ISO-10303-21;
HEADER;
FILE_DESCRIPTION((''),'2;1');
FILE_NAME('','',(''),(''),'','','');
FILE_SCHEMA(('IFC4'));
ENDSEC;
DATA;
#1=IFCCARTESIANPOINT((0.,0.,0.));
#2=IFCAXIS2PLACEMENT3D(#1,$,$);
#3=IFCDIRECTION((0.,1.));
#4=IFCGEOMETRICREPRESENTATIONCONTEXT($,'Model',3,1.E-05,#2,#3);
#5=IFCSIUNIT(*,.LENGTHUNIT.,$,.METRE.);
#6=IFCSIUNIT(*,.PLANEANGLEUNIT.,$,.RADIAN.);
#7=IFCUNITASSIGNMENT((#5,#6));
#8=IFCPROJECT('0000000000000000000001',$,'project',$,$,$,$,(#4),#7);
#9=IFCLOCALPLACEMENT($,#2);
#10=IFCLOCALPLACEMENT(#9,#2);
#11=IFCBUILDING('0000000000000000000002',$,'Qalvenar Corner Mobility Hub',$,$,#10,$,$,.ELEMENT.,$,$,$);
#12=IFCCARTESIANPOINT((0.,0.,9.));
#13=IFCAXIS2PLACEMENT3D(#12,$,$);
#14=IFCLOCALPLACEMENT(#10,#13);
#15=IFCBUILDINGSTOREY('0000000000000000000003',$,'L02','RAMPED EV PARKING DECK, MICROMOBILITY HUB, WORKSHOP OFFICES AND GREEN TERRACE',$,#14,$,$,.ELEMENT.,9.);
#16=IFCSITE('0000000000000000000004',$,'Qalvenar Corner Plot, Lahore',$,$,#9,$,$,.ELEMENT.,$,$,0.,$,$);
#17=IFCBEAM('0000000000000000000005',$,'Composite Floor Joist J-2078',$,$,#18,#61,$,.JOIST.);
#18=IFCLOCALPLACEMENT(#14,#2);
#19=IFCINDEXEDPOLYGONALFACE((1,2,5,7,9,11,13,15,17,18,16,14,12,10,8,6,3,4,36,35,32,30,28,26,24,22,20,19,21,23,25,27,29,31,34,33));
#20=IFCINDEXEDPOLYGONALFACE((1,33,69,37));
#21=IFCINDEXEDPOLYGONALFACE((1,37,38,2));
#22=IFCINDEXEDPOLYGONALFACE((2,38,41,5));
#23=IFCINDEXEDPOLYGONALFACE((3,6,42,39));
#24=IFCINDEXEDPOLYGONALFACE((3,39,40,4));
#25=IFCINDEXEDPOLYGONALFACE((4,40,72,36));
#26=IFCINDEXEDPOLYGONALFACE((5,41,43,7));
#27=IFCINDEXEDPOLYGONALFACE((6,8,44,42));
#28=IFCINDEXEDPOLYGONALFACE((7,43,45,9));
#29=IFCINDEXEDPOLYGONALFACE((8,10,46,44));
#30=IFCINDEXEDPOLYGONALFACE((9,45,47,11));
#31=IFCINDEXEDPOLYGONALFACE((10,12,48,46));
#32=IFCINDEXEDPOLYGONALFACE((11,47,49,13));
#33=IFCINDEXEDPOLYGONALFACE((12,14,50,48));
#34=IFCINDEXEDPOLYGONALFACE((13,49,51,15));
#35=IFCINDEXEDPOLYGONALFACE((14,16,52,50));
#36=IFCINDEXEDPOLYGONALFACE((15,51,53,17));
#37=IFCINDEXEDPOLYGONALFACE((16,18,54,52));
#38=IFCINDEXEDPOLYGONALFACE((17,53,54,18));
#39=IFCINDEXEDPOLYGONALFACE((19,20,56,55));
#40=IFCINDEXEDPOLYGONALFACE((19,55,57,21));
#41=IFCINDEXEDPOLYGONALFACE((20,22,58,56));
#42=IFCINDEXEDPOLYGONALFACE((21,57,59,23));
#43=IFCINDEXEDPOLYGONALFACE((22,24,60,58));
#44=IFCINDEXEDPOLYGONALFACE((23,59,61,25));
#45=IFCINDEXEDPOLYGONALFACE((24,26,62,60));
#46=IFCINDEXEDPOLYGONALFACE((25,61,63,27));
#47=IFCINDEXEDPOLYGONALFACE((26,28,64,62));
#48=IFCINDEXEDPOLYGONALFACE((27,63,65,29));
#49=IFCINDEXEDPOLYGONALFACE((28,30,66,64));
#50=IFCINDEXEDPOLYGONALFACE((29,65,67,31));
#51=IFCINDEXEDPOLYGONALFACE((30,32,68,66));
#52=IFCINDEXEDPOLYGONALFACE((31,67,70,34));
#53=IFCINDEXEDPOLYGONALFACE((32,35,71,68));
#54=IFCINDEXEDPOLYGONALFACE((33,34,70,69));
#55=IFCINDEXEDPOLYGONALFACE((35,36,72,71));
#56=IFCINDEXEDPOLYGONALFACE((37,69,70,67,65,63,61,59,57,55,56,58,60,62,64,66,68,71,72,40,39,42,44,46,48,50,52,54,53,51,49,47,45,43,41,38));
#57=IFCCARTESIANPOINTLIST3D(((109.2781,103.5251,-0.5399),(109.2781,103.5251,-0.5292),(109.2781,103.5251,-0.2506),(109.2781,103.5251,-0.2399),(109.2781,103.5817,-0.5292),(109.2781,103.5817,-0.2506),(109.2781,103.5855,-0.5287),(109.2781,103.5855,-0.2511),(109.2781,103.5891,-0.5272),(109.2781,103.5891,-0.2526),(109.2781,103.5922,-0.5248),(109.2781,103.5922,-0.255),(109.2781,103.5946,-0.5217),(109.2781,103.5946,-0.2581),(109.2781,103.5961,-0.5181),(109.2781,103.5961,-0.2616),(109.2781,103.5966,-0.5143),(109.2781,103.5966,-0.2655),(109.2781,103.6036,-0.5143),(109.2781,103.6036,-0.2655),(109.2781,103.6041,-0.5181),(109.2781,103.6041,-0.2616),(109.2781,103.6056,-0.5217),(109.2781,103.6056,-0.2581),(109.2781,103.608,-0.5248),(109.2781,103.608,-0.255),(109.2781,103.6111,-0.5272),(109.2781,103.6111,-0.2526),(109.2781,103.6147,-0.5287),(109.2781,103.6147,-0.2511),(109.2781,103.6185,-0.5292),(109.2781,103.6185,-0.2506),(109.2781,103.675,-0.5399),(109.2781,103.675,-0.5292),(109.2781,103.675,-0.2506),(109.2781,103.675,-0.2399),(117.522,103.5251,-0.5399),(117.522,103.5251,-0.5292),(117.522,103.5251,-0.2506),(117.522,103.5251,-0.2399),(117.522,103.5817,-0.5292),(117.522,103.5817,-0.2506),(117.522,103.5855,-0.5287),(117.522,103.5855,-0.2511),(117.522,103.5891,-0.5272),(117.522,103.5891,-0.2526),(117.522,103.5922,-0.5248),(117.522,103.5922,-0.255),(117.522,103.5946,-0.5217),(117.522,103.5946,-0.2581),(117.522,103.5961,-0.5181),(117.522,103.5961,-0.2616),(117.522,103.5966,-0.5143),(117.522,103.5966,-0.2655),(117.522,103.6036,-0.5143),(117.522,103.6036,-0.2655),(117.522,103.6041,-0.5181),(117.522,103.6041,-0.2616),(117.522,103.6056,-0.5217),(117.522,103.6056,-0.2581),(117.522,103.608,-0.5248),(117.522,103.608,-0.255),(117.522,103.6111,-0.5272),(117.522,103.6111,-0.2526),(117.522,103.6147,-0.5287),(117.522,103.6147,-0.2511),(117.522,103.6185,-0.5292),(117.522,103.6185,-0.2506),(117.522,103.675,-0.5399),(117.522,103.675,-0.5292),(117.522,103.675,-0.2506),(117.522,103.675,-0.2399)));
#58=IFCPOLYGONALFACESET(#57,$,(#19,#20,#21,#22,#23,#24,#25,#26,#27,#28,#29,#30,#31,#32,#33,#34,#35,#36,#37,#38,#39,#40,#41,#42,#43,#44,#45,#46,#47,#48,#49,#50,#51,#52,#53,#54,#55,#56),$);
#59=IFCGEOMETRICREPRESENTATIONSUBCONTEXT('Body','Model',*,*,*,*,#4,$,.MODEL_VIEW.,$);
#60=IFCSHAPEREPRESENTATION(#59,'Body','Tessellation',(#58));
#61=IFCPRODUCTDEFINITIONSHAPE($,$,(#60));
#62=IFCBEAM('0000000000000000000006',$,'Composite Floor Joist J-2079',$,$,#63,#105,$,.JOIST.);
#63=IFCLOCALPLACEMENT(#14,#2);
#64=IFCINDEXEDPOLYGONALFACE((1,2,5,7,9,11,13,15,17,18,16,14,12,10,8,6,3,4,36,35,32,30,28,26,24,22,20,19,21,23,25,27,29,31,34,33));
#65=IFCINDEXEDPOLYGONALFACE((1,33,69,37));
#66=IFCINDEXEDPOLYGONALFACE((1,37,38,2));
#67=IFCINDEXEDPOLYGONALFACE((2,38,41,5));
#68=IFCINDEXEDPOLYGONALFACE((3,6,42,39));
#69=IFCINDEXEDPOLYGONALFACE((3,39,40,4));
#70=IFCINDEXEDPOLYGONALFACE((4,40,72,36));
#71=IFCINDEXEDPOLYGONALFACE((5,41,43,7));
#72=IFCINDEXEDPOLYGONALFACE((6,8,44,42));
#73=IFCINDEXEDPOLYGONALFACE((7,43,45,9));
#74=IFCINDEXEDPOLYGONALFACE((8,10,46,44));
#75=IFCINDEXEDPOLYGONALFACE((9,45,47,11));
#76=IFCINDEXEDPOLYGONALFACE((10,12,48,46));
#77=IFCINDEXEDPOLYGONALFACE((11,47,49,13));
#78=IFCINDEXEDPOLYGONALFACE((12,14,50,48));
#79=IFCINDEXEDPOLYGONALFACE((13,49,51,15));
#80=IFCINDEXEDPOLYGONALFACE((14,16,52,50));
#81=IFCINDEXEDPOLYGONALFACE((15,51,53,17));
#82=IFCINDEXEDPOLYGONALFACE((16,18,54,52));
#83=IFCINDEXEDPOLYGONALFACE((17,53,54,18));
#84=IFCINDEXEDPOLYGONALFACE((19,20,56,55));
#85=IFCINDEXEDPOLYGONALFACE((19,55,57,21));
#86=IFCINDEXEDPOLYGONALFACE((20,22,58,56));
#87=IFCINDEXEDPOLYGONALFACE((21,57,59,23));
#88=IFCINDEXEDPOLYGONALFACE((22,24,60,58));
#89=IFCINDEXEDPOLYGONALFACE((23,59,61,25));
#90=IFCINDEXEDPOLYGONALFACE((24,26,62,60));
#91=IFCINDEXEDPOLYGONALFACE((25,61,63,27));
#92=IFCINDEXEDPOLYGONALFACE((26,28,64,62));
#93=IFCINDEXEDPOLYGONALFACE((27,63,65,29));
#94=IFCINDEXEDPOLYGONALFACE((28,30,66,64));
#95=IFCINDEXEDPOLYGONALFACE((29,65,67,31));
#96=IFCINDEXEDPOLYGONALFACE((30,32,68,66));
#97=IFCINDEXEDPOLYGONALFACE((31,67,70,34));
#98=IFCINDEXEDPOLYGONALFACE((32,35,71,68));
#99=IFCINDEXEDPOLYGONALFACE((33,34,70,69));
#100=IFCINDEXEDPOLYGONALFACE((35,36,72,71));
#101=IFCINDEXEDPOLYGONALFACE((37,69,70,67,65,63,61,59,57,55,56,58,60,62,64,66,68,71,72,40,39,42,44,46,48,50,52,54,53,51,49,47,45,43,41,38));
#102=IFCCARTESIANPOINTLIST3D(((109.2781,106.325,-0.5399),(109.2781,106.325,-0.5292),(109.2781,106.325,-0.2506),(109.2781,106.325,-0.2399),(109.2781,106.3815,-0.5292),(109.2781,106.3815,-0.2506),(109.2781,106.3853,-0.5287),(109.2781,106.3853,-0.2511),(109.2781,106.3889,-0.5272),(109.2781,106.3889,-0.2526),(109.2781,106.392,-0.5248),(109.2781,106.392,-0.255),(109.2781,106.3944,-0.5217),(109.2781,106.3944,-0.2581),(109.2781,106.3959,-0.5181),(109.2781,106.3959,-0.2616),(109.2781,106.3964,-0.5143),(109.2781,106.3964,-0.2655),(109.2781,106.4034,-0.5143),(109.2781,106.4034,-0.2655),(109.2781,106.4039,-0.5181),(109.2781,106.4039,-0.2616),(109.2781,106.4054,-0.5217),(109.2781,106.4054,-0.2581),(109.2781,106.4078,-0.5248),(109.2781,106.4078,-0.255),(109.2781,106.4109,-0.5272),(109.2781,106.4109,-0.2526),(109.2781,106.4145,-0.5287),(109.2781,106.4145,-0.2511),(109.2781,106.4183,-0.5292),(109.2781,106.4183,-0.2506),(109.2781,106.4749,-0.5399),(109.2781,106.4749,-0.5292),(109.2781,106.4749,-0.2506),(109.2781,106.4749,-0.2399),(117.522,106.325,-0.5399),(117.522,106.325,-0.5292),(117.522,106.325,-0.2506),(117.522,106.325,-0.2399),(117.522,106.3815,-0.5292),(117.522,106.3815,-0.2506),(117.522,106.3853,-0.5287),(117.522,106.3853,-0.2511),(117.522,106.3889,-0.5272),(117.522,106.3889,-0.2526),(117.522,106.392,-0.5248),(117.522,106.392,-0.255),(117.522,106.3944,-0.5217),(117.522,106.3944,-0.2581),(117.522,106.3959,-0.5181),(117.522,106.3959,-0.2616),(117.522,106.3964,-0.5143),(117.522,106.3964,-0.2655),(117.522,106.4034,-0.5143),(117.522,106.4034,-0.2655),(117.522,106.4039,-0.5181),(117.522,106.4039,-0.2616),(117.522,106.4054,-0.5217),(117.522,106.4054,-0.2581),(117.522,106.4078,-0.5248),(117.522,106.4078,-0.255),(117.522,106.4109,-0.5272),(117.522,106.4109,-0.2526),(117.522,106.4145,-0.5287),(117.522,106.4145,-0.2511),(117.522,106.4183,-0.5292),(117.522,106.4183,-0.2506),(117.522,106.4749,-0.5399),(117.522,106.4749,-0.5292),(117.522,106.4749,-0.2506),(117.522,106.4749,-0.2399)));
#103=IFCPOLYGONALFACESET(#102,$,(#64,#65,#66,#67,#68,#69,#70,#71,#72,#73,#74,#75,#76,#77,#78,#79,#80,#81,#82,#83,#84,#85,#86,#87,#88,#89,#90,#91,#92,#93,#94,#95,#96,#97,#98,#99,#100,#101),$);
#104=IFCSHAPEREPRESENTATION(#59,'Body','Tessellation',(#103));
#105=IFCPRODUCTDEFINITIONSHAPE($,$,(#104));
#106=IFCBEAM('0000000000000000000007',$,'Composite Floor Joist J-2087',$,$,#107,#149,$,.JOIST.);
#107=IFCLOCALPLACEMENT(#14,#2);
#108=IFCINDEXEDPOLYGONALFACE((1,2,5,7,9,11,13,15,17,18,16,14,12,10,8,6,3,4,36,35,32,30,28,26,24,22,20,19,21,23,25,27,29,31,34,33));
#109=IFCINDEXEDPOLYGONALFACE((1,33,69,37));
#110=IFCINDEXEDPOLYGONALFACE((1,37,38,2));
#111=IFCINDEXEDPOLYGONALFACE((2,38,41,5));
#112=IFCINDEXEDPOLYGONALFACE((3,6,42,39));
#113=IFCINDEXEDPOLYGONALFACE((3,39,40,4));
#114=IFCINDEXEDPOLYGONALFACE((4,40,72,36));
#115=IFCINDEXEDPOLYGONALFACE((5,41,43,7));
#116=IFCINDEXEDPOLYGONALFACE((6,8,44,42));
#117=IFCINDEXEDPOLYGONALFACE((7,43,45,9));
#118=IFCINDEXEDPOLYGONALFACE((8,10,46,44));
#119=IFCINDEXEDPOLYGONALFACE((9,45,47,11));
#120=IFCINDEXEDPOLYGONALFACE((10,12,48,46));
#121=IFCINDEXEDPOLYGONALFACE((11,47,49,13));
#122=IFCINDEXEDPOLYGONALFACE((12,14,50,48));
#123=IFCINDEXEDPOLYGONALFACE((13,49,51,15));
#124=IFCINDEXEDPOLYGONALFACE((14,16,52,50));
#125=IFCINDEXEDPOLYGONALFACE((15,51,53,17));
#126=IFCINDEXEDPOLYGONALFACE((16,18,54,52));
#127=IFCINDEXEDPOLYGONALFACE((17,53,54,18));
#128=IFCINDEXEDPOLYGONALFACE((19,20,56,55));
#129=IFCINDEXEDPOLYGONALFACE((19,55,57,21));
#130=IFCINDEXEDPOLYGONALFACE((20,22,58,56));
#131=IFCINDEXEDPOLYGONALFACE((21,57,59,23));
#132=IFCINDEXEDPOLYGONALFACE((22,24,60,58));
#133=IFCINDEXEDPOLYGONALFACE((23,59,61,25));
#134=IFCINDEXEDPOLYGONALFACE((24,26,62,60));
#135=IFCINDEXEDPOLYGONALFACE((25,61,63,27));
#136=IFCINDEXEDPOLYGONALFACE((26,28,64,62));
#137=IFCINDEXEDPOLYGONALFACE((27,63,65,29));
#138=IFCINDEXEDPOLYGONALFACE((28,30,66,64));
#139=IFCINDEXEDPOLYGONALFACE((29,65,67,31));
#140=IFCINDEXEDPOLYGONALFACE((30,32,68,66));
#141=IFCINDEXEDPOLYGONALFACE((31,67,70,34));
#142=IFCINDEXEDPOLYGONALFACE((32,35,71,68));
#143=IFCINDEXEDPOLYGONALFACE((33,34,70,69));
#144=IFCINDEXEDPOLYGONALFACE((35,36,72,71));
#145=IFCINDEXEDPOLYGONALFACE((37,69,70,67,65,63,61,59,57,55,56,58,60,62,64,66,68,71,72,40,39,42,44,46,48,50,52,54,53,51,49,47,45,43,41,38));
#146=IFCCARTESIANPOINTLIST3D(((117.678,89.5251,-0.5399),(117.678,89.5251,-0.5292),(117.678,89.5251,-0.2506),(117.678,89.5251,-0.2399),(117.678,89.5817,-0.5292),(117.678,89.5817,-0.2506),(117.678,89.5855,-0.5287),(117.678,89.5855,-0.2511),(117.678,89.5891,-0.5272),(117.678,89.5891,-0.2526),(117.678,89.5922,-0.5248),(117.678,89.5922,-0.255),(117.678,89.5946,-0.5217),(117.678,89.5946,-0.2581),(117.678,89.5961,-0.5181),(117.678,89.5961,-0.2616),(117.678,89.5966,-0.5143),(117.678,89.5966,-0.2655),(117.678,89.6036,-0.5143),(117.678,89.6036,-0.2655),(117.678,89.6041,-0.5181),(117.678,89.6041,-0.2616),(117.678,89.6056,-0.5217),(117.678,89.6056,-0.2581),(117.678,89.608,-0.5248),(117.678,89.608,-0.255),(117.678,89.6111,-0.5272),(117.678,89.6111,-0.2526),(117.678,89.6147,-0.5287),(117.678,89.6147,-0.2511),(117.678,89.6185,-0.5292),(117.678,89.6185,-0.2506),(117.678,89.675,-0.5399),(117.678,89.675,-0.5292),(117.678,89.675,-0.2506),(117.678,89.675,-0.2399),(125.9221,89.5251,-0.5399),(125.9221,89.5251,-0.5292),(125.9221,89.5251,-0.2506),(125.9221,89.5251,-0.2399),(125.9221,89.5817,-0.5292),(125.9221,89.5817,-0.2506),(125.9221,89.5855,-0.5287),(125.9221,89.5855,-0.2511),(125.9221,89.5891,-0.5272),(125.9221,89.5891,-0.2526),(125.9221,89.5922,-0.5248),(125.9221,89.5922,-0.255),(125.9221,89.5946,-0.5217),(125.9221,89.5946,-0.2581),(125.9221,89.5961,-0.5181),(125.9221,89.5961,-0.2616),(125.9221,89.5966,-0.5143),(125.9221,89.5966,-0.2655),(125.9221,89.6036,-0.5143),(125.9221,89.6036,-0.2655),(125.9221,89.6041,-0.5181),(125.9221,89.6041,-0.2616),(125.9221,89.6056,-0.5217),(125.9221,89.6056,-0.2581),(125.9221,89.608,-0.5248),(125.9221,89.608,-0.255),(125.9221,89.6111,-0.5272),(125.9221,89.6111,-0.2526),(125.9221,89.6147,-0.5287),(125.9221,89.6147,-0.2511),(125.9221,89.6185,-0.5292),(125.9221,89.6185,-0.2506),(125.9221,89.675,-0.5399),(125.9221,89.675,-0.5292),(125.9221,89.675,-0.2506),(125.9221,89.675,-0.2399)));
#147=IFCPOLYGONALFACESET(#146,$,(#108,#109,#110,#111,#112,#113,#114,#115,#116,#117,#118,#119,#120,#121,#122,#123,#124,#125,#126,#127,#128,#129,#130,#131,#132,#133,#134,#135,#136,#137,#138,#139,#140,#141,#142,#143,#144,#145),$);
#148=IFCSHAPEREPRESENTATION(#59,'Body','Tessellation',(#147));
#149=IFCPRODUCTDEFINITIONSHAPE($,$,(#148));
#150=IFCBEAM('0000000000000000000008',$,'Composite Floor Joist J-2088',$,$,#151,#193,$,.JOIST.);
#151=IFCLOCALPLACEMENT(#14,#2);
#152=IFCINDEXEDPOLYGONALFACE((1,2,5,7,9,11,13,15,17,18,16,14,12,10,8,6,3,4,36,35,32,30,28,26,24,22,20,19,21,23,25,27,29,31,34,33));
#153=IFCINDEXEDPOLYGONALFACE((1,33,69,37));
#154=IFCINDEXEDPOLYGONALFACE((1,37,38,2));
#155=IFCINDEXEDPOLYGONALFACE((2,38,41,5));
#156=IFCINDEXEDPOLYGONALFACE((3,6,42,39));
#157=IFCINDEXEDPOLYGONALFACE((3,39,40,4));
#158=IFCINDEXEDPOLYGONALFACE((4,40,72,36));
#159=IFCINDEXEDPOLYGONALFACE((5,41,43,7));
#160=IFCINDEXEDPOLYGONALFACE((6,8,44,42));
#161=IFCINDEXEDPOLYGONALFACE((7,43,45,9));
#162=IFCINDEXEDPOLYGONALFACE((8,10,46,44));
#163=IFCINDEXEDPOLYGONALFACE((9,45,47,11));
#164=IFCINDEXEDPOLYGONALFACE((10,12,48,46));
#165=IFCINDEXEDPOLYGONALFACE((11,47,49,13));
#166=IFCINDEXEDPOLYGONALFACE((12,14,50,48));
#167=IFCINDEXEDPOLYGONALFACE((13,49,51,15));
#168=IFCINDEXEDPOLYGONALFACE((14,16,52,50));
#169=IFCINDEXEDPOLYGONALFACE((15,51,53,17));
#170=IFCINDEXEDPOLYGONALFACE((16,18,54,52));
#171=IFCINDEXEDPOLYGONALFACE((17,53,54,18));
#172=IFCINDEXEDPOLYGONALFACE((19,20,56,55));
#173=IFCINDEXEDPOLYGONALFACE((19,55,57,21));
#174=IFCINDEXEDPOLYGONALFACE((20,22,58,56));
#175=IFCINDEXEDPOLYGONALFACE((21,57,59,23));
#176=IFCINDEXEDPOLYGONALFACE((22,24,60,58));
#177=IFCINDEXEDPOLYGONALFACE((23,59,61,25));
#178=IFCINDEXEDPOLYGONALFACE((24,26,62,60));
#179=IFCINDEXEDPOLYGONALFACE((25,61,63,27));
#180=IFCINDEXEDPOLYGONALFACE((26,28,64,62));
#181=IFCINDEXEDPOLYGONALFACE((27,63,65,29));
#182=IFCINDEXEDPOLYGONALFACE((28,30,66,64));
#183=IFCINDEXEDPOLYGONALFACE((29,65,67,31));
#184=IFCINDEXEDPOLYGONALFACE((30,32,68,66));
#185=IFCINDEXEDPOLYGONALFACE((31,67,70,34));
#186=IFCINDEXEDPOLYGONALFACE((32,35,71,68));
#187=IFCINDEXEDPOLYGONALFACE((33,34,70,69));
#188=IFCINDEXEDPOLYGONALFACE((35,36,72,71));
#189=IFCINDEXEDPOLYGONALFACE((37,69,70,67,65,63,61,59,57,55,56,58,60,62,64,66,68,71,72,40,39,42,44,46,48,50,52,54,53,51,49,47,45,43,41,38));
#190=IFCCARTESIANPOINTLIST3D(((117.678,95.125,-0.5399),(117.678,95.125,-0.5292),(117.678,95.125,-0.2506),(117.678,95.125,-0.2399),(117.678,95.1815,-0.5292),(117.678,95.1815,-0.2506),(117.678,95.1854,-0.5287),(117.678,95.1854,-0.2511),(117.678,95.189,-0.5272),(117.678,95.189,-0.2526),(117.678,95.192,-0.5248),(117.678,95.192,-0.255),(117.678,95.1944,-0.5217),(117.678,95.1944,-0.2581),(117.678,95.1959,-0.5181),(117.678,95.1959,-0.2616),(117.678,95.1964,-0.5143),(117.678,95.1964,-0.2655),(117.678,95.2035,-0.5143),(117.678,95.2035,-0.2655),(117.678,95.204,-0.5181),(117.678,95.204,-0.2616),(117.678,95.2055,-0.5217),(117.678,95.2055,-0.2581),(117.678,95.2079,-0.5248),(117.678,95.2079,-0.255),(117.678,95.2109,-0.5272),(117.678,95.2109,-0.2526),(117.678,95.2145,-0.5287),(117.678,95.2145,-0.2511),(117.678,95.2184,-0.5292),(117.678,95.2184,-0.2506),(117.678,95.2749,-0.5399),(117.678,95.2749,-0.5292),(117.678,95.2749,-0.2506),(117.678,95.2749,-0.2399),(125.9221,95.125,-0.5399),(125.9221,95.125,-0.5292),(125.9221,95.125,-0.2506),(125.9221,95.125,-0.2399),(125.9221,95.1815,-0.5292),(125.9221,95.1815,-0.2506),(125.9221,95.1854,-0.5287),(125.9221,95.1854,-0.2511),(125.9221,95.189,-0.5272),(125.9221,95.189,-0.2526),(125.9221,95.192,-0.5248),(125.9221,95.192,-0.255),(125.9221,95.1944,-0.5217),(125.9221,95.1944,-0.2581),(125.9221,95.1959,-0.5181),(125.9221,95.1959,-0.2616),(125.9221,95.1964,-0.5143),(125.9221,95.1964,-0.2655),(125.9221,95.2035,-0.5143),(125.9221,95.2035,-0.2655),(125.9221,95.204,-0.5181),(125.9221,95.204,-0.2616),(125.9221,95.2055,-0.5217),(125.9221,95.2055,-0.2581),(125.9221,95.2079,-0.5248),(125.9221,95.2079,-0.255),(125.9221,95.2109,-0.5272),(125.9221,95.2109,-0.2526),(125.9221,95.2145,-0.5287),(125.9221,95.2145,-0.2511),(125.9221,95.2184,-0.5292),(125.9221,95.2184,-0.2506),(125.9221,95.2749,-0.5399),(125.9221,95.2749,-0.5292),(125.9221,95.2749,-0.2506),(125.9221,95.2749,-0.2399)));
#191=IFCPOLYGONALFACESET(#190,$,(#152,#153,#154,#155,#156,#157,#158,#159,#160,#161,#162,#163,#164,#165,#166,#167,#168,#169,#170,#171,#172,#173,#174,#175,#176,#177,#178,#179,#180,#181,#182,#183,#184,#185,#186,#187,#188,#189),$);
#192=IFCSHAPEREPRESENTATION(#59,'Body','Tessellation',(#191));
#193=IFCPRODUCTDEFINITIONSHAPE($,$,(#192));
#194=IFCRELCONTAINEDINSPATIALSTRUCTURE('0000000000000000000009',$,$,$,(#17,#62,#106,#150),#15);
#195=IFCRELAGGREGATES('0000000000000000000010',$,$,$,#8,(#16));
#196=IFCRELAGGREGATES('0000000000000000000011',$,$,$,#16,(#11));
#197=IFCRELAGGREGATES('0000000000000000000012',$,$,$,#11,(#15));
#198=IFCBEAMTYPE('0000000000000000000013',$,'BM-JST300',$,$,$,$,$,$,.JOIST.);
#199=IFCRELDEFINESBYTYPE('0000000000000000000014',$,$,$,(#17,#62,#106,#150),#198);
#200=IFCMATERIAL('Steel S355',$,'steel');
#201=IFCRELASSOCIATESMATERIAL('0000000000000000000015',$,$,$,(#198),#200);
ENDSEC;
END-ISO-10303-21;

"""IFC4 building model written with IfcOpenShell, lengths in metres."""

from ifc_helpers import new_model, si_unit, direction, frame, origin, origin_2d, place, context, subcontext, project, spatial, i_section, extrude, material, material_profile, profile_set, type_object, element, save


model = new_model("IFC4")

# Units and contexts
model_context = context("Model", 3, precision=1e-05, world=origin(), true_north=direction((0.0, 1.0)))
body_context = subcontext(model_context, "Body", "Model", "MODEL_VIEW")
ifc_project = project(units=[si_unit("LENGTHUNIT", "METRE"), si_unit("PLANEANGLEUNIT", "RADIAN")], contexts=[model_context])

# Site, building, storey
site_placement = place(None, origin())
site = spatial("IfcSite", under=ifc_project, at=site_placement, Name="Qalvenar Corner Plot, Lahore", CompositionType="ELEMENT", RefElevation=0.0)
building_placement = place(site_placement, origin())
building = spatial("IfcBuilding", under=site, at=building_placement, Name="Qalvenar Corner Mobility Hub", CompositionType="ELEMENT")
storey_placement = place(building_placement, frame((0.0, 0.0, 9.0)))
storey = spatial("IfcBuildingStorey", under=building, at=storey_placement, Name="L02", Description="RAMPED EV PARKING DECK, MICROMOBILITY HUB, WORKSHOP OFFICES AND GREEN TERRACE", CompositionType="ELEMENT", Elevation=9.0)

# Shared definitions
ifc_material = material(Name="Steel S355", Category="steel")

# Beams
ifc_material_profile_1 = material_profile(ifc_material, i_section(OverallWidth=0.1499, OverallDepth=0.3, WebThickness=0.0071, FlangeThickness=0.0107, FilletRadius=0.0149, at=origin_2d()), Name="IPE300")
ifc_profile_set_1 = profile_set([ifc_material_profile_1], Name="Steel S355")
beam_type_1 = type_object("IfcBeamType", Name="BM-JST300", PredefinedType="JOIST", material=ifc_profile_set_1)
for number, where, z_axis, x_axis, name in (
    (1, (109.2781, 103.6001, -0.3899), (1.0, 0.0, 0.0), (0.0, 1.0, 0.0), "Composite Floor Joist J-2078"),
    (2, (109.2781, 106.3999, -0.3899), (1.0, 0.0, 0.0), (0.0, 1.0, 0.0), "Composite Floor Joist J-2079"),
):
    element("IfcBeam", number, at=place(storey_placement, frame(where, z_axis=z_axis, x_axis=x_axis)), inside=storey, type_object=beam_type_1, Name=name, PredefinedType="JOIST", context=body_context, shape_type="SweptSolid", body=[
        extrude(i_section(OverallWidth=0.1499, OverallDepth=0.3, WebThickness=0.0071, FlangeThickness=0.0107, FilletRadius=0.0149, at=origin_2d()), origin(), (0.0, 0.0, 1.0), 8.2439),
    ])
for number, where, z_axis, x_axis, name in (
    (3, (117.678, 89.6001, -0.3899), (1.0, 0.0, 0.0), (0.0, 1.0, 0.0), "Composite Floor Joist J-2087"),
    (4, (117.678, 95.2, -0.3899), (1.0, 0.0, 0.0), (0.0, 1.0, 0.0), "Composite Floor Joist J-2088"),
):
    element("IfcBeam", number, at=place(storey_placement, frame(where, z_axis=z_axis, x_axis=x_axis)), inside=storey, type_object=beam_type_1, Name=name, PredefinedType="JOIST", context=body_context, shape_type="SweptSolid", body=[
        extrude(i_section(OverallWidth=0.1499, OverallDepth=0.3, WebThickness=0.0071, FlangeThickness=0.0107, FilletRadius=0.0149, at=origin_2d()), origin(), (0.0, 0.0, 1.0), 8.2441),
    ])

save(model, "model.ifc")
